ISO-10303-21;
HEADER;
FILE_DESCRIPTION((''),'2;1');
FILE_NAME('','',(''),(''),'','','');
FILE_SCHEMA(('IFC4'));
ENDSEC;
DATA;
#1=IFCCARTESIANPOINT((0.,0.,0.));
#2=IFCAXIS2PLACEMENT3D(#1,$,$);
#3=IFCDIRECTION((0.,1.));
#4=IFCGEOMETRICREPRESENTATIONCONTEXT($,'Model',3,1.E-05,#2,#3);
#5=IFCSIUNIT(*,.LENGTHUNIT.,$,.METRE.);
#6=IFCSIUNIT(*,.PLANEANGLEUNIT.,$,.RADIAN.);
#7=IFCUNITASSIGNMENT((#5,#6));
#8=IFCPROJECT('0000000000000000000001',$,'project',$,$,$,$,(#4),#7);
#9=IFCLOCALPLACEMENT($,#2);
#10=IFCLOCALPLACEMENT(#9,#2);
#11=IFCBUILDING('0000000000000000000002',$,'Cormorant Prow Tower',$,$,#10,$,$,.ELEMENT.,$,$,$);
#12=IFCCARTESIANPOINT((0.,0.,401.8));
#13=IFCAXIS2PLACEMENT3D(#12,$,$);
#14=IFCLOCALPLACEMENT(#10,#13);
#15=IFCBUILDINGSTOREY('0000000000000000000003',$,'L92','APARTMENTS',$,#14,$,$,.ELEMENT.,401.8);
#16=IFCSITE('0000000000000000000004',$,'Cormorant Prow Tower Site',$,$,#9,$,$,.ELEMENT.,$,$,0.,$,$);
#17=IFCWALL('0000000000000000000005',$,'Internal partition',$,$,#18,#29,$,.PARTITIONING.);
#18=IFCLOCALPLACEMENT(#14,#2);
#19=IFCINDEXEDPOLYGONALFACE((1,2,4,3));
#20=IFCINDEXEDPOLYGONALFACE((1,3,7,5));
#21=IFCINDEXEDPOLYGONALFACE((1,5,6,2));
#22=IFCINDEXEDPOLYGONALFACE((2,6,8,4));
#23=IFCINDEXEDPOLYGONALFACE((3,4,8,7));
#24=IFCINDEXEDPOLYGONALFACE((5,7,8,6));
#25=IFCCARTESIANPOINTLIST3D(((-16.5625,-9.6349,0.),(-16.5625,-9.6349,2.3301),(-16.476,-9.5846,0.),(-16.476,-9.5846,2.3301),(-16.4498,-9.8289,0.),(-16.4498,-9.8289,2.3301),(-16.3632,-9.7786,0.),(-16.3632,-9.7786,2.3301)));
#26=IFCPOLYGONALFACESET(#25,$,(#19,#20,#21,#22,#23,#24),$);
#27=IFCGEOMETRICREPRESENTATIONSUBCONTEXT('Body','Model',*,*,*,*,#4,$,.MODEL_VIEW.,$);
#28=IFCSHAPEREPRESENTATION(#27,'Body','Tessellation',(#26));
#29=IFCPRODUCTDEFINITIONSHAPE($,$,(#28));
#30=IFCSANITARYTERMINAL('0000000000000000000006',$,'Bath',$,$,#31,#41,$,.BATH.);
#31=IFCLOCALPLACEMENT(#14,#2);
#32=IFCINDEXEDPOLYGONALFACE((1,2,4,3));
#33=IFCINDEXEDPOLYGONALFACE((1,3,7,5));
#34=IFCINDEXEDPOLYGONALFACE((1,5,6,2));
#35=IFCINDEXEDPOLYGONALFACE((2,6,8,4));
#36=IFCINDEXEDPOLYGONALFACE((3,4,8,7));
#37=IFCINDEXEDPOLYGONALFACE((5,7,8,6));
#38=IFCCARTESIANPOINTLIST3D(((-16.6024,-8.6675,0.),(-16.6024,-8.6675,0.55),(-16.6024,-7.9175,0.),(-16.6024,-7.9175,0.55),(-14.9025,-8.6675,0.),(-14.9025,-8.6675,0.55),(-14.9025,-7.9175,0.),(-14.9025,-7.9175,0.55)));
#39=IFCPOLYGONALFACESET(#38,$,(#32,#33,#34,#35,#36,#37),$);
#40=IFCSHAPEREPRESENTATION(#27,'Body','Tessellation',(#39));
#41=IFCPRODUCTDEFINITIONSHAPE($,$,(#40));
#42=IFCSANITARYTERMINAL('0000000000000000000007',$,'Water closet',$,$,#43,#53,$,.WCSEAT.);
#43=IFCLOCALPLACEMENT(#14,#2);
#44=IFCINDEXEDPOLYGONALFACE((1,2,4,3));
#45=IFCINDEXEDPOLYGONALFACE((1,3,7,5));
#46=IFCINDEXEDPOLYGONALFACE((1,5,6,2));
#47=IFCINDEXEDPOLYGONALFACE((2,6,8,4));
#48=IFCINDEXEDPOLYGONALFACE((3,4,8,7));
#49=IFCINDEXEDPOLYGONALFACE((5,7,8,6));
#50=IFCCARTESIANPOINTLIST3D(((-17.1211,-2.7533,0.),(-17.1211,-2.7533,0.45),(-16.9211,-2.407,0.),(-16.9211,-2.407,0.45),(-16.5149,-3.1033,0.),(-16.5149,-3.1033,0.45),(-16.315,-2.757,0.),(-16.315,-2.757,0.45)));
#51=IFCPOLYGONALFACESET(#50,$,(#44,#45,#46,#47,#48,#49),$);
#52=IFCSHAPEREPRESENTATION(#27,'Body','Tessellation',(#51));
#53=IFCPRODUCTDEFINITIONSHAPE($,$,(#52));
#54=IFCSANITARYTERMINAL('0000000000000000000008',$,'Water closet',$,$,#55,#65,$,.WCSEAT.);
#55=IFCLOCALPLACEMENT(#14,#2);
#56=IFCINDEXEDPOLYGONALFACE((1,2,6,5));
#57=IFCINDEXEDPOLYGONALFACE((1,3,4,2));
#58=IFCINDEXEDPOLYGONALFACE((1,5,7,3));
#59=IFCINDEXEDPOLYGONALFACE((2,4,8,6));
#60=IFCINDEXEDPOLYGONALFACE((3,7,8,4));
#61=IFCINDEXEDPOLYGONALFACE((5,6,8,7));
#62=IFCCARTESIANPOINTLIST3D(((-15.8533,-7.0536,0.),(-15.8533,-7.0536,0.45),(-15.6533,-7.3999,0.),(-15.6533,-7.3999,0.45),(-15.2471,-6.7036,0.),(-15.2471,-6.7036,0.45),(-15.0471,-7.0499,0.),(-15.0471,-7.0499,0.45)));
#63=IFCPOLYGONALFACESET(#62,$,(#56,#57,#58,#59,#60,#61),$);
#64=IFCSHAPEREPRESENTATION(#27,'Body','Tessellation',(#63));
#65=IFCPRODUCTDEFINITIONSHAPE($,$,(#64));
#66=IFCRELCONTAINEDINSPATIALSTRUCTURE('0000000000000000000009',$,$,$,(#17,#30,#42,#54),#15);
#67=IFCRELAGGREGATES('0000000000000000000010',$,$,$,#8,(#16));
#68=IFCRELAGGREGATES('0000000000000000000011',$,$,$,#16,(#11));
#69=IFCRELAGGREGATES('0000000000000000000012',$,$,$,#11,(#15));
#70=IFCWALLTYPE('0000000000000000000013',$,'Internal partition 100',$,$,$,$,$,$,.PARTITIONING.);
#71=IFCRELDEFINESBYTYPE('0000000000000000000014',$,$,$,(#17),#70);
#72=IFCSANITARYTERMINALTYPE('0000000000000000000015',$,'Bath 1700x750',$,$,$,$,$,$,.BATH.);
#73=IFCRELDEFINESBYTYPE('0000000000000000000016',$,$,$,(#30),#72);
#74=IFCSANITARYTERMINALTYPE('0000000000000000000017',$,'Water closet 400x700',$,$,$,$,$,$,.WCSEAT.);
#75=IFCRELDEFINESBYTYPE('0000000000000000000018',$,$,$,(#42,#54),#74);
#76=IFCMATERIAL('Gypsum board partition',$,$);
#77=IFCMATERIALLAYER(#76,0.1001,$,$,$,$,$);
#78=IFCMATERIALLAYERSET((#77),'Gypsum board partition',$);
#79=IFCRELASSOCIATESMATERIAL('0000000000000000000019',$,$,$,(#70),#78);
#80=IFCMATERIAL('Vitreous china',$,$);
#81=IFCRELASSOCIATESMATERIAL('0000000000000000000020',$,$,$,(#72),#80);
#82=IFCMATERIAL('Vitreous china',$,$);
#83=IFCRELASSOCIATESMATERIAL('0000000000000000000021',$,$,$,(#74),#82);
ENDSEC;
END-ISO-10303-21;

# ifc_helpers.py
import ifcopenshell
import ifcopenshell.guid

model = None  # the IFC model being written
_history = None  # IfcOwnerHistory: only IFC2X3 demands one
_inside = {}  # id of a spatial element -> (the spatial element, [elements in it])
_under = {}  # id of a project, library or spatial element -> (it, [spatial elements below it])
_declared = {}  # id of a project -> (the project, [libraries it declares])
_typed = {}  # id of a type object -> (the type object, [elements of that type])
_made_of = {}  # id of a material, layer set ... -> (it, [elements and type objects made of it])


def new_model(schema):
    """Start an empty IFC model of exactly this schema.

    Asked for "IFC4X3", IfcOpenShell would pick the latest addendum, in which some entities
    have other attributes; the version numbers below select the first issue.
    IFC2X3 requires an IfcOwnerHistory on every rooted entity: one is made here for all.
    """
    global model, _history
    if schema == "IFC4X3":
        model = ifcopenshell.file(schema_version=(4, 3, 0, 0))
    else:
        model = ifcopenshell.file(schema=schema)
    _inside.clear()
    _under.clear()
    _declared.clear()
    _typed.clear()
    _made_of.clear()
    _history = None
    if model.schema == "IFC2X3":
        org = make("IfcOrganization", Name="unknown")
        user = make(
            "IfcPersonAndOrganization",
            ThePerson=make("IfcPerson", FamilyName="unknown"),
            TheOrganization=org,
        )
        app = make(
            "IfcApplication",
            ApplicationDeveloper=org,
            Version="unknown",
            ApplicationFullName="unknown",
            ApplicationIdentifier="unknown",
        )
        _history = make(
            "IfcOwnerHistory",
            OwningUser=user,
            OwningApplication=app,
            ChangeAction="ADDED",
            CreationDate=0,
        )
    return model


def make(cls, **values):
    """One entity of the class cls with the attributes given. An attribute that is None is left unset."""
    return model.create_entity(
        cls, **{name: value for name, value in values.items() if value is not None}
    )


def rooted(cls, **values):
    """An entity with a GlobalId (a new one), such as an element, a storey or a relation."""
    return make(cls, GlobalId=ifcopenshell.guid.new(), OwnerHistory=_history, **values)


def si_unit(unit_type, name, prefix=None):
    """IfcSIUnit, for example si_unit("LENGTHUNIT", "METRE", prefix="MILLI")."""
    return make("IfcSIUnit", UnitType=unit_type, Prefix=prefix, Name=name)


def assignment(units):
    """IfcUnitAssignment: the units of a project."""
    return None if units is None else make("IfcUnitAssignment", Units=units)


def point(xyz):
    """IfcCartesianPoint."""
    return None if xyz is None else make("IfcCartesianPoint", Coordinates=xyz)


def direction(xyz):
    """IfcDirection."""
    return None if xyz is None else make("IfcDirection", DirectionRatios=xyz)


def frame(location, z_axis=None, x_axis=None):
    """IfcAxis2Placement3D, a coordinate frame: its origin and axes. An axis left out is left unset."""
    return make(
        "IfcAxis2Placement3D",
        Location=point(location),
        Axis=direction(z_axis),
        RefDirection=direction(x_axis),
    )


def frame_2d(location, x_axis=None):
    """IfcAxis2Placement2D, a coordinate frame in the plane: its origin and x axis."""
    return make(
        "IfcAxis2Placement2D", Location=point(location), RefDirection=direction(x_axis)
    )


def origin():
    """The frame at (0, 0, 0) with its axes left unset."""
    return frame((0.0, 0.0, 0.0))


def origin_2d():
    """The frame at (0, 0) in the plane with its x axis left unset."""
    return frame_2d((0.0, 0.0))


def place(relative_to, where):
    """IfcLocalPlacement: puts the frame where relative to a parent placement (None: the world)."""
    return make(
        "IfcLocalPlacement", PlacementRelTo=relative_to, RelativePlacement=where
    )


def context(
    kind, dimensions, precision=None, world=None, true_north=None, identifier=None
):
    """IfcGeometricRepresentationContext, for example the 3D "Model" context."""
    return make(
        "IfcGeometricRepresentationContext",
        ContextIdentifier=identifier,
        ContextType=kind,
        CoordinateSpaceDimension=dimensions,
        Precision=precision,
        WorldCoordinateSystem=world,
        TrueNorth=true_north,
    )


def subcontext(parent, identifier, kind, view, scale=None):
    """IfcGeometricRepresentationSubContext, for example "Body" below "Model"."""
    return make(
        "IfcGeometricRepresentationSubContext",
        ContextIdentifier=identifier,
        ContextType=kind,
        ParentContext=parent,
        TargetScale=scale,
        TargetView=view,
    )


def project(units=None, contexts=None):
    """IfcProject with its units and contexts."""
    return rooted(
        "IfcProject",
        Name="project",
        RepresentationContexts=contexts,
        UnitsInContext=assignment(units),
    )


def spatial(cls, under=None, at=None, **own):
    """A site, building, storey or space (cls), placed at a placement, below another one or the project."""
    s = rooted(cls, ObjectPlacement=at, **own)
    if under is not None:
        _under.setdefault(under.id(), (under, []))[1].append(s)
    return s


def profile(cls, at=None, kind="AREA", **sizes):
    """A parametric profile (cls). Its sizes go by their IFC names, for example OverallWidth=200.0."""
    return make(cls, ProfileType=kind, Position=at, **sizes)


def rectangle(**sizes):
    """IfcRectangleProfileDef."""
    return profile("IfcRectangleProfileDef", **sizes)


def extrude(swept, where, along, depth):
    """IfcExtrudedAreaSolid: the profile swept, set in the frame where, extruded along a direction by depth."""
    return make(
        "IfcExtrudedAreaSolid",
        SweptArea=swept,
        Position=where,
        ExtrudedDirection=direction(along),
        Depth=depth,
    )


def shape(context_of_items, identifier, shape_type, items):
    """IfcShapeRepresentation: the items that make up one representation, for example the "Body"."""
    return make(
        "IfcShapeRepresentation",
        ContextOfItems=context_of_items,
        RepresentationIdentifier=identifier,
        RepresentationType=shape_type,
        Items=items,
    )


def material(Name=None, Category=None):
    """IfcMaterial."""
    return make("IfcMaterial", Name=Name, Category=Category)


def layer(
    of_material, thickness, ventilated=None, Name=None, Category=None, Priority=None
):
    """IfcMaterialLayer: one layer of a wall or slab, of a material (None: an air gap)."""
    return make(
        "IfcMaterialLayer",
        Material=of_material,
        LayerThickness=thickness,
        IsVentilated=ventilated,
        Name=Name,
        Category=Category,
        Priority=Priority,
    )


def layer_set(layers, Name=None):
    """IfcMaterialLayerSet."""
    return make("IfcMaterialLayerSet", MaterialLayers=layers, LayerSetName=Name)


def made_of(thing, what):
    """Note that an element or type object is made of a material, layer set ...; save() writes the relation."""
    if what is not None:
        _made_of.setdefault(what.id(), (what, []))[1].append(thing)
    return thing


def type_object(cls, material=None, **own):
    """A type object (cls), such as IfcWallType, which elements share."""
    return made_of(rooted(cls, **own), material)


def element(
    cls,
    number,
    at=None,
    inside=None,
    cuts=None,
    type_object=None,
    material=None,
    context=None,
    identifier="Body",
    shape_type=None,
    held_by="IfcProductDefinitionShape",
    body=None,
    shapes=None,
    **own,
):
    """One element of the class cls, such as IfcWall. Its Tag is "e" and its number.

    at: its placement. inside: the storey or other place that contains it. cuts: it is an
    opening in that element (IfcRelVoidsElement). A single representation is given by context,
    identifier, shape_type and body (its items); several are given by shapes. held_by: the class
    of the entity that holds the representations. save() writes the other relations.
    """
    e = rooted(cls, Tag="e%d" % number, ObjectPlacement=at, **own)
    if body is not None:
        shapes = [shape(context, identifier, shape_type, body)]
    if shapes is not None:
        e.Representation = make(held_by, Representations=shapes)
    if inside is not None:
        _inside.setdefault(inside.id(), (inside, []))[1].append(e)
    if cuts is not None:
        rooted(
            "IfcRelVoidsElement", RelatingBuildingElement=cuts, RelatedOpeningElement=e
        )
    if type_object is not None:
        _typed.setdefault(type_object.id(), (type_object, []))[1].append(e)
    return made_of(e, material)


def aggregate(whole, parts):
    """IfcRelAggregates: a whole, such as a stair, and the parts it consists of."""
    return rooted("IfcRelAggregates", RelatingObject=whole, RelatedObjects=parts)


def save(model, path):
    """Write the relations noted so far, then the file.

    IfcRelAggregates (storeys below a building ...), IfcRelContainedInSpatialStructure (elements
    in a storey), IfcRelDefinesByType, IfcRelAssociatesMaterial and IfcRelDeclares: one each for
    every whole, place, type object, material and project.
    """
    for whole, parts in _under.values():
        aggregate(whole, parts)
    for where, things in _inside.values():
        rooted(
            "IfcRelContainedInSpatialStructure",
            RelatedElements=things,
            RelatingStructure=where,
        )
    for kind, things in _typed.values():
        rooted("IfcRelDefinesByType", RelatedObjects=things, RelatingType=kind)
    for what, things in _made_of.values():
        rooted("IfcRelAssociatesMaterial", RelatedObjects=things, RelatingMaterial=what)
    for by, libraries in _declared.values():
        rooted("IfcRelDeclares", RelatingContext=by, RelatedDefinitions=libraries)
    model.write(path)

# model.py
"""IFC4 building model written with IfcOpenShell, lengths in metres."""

from ifc_helpers import new_model, si_unit, direction, frame, frame_2d, origin, origin_2d, place, context, subcontext, project, spatial, rectangle, extrude, material, layer, layer_set, type_object, element, save


model = new_model("IFC4")

# Units and contexts
model_context = context("Model", 3, precision=1e-05, world=origin(), true_north=direction((0.0, 1.0)))
body_context = subcontext(model_context, "Body", "Model", "MODEL_VIEW")
ifc_project = project(units=[si_unit("LENGTHUNIT", "METRE"), si_unit("PLANEANGLEUNIT", "RADIAN")], contexts=[model_context])

# Site, building, storey
site_placement = place(None, origin())
site = spatial("IfcSite", under=ifc_project, at=site_placement, Name="Cormorant Prow Tower Site", CompositionType="ELEMENT", RefElevation=0.0)
building_placement = place(site_placement, origin())
building = spatial("IfcBuilding", under=site, at=building_placement, Name="Cormorant Prow Tower", CompositionType="ELEMENT")
storey_placement = place(building_placement, frame((0.0, 0.0, 401.8)))
storey = spatial("IfcBuildingStorey", under=building, at=storey_placement, Name="L92", Description="APARTMENTS", CompositionType="ELEMENT", Elevation=401.8)

# Shared definitions
ifc_material_1 = material(Name="Gypsum board partition")
ifc_layer_1 = layer(ifc_material_1, 0.1001)
ifc_layer_set_1 = layer_set([ifc_layer_1], Name="Gypsum board partition")
wall_type_1 = type_object("IfcWallType", Name="Internal partition 100", PredefinedType="PARTITIONING", material=ifc_layer_set_1)

# Wall
wall_1_placement = place(storey_placement, frame((-16.5193, -9.6096, 0.0), z_axis=(0.0, 0.0, 1.0), x_axis=(0.50245, -0.864606, 0.0)))
element("IfcWall", 1, at=wall_1_placement, inside=storey, type_object=wall_type_1, Name="Internal partition", PredefinedType="PARTITIONING", context=body_context, shape_type="SweptSolid", body=[
    extrude(rectangle(XDim=0.2244, YDim=0.1001, at=frame_2d((0.1123, 0.0))), origin(), (0.0, 0.0, 1.0), 2.3301),
])

# Sanitary terminals
ifc_material_2 = material(Name="Vitreous china")
sanitary_terminal_type_1 = type_object("IfcSanitaryTerminalType", Name="Bath 1700x750", PredefinedType="BATH", material=ifc_material_2)
sanitary_terminal_placement = place(storey_placement, frame((-15.7524, -8.2925, 0.0), z_axis=(0.0, 0.0, 1.0), x_axis=(1.0, 0.0, 0.0)))
element("IfcSanitaryTerminal", 2, at=sanitary_terminal_placement, inside=storey, type_object=sanitary_terminal_type_1, Name="Bath", PredefinedType="BATH", context=body_context, shape_type="SweptSolid", body=[
    extrude(rectangle(XDim=1.7, YDim=0.75, at=origin_2d()), origin(), (0.0, 0.0, 1.0), 0.55),
])
ifc_material_3 = material(Name="Vitreous china")
sanitary_terminal_type_2 = type_object("IfcSanitaryTerminalType", Name="Water closet 400x700", PredefinedType="WCSEAT", material=ifc_material_3)
for number, where, z_axis, x_axis, name in (
    (3, (-16.718, -2.7551, 0.0), (0.0, 0.0, 1.0), (-0.5, -0.866025, 0.0), "Water closet"),
    (4, (-15.4502, -7.0518, 0.0), (0.0, 0.0, 1.0), (0.5, -0.866025, 0.0), "Water closet"),
):
    element("IfcSanitaryTerminal", number, at=place(storey_placement, frame(where, z_axis=z_axis, x_axis=x_axis)), inside=storey, type_object=sanitary_terminal_type_2, Name=name, PredefinedType="WCSEAT", context=body_context, shape_type="SweptSolid", body=[
        extrude(rectangle(XDim=0.3999, YDim=0.7, at=origin_2d()), origin(), (0.0, 0.0, 1.0), 0.45),
    ])

save(model, "model.ifc")
